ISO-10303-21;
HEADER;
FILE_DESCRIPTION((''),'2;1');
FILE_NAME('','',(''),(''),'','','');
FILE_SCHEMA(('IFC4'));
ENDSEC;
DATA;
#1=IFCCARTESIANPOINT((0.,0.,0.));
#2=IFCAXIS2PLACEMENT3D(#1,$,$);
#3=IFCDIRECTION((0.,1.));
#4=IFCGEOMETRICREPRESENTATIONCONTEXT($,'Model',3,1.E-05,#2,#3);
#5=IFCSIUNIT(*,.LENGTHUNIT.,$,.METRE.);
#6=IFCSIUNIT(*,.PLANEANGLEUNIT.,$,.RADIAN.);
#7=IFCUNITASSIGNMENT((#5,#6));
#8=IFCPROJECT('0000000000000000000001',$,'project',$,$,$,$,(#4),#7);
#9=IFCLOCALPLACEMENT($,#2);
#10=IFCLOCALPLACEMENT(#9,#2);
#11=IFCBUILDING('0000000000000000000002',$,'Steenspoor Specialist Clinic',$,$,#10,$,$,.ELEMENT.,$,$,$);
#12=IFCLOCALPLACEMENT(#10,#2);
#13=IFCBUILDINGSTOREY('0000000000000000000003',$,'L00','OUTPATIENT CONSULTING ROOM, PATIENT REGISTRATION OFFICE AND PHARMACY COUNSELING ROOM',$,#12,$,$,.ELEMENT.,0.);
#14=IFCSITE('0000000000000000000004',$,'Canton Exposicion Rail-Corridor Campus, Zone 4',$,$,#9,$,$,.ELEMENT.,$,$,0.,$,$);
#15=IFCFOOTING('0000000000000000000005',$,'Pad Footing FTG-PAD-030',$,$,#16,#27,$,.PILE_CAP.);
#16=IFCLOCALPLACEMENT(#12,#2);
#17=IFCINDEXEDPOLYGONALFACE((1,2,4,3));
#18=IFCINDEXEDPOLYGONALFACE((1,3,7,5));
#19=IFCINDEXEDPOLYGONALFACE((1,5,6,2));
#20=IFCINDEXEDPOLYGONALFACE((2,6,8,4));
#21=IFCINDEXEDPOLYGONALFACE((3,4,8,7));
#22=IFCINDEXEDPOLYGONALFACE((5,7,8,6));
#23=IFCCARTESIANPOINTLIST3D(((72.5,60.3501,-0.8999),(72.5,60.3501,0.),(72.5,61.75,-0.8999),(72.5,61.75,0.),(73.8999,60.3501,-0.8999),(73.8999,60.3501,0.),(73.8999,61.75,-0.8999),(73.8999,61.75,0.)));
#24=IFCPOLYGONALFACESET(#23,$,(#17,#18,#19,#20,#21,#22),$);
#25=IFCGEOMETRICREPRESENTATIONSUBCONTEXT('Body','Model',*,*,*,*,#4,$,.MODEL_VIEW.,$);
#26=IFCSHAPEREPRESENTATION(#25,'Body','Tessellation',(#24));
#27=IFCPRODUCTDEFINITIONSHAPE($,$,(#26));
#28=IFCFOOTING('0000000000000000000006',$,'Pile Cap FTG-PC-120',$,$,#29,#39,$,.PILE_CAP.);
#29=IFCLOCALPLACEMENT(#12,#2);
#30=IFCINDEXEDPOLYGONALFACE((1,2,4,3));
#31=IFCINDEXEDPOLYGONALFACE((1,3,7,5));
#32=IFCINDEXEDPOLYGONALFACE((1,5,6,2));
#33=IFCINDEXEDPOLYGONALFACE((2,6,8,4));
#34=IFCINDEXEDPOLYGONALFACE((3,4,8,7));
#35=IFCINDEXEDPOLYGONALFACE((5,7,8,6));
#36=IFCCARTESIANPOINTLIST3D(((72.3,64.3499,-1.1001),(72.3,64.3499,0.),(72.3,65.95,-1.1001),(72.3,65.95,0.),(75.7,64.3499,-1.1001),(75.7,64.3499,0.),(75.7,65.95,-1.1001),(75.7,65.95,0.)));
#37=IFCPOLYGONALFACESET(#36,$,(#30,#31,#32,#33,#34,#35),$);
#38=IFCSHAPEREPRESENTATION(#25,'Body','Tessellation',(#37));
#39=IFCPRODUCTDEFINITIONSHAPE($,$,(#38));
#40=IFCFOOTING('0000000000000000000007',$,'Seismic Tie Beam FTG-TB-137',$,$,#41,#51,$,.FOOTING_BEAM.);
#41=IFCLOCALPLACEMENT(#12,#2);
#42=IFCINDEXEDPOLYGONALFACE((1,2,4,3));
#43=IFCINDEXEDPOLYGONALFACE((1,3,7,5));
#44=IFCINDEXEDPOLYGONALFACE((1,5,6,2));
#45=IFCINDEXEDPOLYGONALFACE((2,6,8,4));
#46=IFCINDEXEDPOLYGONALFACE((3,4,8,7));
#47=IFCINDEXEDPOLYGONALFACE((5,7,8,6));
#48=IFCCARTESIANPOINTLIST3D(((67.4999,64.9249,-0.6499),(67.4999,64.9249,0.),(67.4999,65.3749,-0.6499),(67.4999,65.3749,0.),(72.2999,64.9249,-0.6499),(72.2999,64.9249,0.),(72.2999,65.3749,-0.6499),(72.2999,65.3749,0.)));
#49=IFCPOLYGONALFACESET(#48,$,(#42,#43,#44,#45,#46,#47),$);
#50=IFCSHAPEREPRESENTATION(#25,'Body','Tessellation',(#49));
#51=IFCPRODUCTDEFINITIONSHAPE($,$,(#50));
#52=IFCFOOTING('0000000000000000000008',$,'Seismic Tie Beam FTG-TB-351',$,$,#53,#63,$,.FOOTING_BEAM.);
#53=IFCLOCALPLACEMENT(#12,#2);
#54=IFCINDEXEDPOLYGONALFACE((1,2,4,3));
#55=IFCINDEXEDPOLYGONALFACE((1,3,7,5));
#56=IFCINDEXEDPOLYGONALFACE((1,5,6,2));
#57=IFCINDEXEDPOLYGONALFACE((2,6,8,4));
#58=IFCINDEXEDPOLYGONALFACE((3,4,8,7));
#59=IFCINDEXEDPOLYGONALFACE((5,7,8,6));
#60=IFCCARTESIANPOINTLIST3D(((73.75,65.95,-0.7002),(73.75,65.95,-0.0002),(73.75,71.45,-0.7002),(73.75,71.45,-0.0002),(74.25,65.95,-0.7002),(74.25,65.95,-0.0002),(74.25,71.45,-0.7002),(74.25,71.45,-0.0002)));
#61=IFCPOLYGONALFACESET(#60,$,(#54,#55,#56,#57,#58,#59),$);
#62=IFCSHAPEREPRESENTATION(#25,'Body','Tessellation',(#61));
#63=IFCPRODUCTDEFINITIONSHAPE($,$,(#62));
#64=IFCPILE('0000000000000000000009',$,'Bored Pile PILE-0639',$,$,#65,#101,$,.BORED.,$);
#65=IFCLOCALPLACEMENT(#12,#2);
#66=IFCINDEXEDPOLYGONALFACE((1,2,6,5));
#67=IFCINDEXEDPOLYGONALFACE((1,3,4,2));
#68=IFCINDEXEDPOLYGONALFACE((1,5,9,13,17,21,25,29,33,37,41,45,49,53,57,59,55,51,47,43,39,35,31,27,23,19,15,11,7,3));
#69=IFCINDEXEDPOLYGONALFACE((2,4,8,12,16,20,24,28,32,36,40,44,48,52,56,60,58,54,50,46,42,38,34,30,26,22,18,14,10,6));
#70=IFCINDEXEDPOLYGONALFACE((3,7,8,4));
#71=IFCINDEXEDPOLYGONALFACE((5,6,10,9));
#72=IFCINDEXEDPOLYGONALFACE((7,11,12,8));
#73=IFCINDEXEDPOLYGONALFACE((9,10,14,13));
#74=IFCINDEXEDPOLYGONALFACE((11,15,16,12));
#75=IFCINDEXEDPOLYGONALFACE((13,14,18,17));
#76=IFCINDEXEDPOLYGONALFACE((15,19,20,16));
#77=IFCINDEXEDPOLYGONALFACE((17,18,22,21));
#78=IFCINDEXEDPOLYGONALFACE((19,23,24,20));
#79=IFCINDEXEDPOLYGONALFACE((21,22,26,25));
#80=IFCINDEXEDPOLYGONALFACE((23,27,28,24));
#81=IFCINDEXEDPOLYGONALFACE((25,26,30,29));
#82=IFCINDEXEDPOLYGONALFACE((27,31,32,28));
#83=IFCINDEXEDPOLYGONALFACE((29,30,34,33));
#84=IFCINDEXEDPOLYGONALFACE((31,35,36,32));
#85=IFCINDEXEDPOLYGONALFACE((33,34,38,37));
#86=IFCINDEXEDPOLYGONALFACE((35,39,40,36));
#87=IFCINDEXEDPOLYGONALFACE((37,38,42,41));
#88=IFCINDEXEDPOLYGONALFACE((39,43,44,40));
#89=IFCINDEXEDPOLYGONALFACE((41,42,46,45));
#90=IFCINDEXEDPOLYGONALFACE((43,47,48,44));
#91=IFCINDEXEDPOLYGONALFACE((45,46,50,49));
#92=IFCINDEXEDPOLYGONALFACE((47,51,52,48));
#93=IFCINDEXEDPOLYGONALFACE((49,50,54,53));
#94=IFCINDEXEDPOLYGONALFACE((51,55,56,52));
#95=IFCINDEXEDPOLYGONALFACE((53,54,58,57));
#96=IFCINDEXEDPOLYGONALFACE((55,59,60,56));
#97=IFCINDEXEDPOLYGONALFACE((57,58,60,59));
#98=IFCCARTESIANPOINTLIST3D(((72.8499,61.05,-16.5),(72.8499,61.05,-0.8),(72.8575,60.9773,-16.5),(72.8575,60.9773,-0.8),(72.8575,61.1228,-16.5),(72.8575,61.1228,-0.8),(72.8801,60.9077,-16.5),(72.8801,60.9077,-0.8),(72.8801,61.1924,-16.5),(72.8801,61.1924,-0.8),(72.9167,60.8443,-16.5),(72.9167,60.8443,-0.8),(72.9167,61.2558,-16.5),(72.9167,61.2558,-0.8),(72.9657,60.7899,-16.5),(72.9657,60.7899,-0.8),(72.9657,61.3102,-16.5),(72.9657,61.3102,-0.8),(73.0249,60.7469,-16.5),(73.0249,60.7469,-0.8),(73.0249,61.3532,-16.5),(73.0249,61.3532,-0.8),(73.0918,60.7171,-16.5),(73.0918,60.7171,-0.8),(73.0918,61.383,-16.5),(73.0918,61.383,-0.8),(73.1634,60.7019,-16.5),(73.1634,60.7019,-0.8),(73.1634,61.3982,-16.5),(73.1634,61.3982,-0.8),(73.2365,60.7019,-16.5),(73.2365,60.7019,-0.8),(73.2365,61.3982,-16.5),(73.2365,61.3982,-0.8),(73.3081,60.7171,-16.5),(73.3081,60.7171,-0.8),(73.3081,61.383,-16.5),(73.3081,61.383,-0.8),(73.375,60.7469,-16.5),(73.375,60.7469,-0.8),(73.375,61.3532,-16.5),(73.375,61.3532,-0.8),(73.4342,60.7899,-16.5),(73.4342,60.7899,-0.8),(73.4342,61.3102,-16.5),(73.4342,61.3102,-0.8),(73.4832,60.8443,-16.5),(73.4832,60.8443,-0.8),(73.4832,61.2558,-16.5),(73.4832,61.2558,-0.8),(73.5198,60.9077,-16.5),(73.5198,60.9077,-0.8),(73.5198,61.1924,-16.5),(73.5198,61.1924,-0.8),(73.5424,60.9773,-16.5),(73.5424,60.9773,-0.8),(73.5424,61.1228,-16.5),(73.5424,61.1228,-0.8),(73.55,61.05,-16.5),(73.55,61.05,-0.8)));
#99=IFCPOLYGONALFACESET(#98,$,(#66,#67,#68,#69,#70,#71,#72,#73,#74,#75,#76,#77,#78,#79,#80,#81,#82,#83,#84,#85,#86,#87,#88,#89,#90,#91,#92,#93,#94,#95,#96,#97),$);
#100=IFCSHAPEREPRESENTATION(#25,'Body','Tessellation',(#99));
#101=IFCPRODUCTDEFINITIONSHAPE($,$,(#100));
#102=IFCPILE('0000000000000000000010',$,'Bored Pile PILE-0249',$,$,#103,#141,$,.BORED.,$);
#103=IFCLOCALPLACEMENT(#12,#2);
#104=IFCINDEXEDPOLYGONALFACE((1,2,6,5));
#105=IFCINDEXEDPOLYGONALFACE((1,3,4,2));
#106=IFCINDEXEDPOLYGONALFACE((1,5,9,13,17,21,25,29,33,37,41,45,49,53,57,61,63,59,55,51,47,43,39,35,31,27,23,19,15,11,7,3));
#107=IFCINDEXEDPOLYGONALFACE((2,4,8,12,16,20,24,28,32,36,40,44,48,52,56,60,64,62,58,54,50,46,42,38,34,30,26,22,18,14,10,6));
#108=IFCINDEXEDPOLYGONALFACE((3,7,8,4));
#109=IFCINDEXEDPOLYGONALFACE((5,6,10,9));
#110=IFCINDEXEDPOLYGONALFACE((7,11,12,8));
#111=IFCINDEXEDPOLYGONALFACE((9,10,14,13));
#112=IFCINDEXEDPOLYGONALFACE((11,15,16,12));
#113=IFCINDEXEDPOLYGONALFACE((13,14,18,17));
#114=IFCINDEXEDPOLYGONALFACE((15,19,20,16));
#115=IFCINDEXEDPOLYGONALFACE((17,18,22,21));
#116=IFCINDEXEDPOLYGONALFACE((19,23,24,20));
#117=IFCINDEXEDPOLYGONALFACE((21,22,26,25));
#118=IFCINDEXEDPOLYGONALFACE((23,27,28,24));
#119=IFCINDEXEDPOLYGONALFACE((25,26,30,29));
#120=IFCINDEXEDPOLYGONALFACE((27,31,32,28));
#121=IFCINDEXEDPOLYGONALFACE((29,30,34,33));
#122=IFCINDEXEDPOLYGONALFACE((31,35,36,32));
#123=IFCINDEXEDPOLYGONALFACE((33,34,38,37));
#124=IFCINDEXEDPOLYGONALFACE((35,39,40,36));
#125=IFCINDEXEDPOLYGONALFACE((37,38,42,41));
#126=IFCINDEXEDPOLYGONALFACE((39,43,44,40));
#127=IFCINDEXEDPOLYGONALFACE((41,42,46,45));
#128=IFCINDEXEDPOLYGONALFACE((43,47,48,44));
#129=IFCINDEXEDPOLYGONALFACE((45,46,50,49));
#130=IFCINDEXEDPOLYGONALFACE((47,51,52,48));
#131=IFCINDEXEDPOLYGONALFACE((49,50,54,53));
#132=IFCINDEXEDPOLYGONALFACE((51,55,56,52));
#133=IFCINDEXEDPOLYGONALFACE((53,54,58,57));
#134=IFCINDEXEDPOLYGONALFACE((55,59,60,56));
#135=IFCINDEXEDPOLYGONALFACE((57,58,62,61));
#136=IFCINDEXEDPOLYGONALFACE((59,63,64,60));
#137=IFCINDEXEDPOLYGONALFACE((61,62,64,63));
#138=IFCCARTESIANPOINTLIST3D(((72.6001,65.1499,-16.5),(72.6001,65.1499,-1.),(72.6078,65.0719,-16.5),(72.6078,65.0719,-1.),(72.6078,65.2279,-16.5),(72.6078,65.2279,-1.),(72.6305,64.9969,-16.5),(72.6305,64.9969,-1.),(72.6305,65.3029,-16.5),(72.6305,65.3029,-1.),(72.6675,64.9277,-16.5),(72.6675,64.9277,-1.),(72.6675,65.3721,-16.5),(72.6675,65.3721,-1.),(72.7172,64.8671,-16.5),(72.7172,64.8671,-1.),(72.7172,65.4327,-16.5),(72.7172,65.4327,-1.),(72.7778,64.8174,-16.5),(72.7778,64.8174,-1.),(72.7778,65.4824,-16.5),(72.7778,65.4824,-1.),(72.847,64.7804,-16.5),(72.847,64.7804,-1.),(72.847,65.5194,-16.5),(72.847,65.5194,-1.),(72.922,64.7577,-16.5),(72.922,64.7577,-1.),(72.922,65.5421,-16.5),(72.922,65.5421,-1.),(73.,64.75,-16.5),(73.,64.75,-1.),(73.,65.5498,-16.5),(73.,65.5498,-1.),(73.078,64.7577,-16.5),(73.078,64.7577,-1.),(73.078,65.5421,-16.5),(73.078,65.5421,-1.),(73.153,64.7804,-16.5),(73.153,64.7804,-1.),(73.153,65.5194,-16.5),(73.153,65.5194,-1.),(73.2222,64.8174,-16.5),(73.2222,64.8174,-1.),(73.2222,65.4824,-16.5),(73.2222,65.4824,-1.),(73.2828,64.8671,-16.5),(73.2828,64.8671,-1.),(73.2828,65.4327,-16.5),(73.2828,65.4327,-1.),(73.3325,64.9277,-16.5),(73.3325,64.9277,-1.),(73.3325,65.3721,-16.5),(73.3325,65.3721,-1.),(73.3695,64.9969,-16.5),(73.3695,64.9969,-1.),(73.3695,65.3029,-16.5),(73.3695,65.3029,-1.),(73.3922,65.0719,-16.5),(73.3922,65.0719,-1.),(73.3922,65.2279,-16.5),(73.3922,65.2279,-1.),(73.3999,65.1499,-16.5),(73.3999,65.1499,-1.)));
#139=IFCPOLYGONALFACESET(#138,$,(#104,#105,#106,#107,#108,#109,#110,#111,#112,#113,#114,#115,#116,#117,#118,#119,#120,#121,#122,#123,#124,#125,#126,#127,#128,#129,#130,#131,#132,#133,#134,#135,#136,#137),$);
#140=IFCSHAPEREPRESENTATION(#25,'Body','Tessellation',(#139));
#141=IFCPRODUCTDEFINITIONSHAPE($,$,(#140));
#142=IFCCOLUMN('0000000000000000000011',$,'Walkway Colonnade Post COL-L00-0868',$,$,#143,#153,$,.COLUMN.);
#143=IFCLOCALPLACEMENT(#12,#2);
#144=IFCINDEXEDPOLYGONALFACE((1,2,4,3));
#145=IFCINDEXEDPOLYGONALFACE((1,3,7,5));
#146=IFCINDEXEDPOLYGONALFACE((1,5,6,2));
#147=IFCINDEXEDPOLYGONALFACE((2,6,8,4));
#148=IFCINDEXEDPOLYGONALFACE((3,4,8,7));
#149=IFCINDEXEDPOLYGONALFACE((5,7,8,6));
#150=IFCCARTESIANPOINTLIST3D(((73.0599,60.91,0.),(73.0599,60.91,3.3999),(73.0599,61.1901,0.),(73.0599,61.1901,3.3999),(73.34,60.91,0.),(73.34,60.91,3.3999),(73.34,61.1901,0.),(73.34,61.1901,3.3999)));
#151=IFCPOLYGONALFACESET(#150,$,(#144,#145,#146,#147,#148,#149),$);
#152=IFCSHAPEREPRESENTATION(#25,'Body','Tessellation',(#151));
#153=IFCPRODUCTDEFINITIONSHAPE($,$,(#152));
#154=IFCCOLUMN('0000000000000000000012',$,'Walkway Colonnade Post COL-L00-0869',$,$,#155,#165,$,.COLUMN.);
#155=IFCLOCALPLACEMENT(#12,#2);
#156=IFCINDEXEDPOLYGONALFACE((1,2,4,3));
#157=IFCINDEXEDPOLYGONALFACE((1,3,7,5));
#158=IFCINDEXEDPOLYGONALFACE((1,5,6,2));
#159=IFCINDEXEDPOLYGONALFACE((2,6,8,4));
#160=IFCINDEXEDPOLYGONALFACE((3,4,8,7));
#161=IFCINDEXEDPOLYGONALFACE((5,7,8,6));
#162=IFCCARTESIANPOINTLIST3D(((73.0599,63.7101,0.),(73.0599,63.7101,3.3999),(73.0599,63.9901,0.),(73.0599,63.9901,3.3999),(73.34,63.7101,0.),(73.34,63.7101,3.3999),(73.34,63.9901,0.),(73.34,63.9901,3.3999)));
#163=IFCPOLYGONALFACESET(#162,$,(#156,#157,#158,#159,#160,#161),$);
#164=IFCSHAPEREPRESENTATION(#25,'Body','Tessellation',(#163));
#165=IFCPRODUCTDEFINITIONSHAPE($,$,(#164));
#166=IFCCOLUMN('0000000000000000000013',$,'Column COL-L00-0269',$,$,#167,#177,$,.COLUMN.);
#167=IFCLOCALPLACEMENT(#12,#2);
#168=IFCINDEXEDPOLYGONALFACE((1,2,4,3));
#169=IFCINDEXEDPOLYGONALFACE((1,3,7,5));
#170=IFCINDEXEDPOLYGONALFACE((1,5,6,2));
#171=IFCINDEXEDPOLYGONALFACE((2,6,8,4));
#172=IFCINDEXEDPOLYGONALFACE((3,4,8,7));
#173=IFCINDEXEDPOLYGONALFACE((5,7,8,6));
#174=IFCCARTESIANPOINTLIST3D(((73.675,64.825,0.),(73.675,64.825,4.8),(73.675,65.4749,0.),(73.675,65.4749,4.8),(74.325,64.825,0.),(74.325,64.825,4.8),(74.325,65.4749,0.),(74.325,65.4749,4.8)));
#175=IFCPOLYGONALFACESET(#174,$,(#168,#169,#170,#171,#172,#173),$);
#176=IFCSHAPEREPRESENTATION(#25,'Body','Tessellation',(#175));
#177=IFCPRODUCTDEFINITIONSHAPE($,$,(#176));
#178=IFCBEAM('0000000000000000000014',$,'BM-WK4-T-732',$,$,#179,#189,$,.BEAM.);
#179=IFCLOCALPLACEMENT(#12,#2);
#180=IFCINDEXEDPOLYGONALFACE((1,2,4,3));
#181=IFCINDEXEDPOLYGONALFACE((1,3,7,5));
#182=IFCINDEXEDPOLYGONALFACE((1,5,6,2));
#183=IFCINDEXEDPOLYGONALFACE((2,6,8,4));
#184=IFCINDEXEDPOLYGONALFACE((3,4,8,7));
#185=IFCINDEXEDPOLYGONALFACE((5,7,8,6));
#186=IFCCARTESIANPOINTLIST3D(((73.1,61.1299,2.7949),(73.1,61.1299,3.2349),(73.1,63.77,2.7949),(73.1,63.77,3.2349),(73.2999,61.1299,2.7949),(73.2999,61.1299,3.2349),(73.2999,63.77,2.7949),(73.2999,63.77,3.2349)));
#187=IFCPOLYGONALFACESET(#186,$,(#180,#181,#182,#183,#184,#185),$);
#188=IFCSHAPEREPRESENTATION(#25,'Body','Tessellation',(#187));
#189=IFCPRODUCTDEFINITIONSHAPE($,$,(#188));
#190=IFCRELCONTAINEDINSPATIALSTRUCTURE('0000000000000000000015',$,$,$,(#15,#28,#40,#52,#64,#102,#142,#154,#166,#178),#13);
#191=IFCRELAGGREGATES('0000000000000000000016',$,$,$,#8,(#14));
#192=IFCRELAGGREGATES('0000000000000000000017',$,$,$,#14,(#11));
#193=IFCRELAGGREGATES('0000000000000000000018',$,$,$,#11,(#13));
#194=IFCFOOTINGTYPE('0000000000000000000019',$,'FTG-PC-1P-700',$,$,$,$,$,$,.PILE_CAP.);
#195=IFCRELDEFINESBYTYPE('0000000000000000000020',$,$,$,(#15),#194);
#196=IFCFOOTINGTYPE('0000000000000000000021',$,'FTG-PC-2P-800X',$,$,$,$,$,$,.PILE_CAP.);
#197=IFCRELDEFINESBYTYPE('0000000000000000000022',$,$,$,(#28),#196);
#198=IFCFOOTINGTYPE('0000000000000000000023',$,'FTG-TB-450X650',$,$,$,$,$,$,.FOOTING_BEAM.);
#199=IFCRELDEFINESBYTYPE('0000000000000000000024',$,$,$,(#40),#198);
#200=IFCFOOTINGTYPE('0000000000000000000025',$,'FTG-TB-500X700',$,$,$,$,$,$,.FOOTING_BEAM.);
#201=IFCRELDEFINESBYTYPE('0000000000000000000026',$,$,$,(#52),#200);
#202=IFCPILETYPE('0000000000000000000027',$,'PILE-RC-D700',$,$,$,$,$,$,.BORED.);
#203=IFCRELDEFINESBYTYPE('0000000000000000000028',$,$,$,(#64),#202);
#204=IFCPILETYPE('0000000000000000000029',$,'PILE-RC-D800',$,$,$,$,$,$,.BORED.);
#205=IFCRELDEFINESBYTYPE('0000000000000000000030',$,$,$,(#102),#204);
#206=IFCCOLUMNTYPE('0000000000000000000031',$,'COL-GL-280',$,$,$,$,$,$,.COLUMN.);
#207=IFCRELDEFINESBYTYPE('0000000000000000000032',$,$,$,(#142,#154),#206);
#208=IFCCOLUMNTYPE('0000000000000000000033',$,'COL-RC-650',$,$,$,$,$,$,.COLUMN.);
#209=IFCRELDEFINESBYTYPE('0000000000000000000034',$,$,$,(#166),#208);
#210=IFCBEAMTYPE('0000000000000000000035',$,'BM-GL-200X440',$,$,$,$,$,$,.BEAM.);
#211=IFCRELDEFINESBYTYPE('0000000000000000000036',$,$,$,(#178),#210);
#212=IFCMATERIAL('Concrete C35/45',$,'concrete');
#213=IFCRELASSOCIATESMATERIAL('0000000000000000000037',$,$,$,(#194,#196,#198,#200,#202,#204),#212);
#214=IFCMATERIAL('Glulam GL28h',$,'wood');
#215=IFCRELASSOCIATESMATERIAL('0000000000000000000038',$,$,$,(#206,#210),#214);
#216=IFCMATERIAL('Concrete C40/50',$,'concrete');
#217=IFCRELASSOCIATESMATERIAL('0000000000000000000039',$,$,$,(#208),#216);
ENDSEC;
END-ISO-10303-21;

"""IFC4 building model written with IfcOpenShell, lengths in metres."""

from ifc_helpers import new_model, si_unit, direction, frame, origin, origin_2d, place, context, subcontext, project, spatial, rectangle, circle, extrude, material, material_profile, profile_set, type_object, element, save


model = new_model("IFC4")

# Units and contexts
model_context = context("Model", 3, precision=1e-05, world=origin(), true_north=direction((0.0, 1.0)))
body_context = subcontext(model_context, "Body", "Model", "MODEL_VIEW")
ifc_project = project(units=[si_unit("LENGTHUNIT", "METRE"), si_unit("PLANEANGLEUNIT", "RADIAN")], contexts=[model_context])

# Site, building, storey
site_placement = place(None, origin())
site = spatial("IfcSite", under=ifc_project, at=site_placement, Name="Canton Exposicion Rail-Corridor Campus, Zone 4", CompositionType="ELEMENT", RefElevation=0.0)
building_placement = place(site_placement, origin())
building = spatial("IfcBuilding", under=site, at=building_placement, Name="Steenspoor Specialist Clinic", CompositionType="ELEMENT")
storey_placement = place(building_placement, origin())
storey = spatial("IfcBuildingStorey", under=building, at=storey_placement, Name="L00", Description="OUTPATIENT CONSULTING ROOM, PATIENT REGISTRATION OFFICE AND PHARMACY COUNSELING ROOM", CompositionType="ELEMENT", Elevation=0.0)

# Footings
ifc_material_1 = material(Name="Concrete C35/45", Category="concrete")
footing_type_1 = type_object("IfcFootingType", Name="FTG-PC-1P-700", PredefinedType="PILE_CAP", material=ifc_material_1)
footing_1_placement = place(storey_placement, frame((73.2, 61.05, -0.8999), z_axis=(0.0, 0.0, 1.0), x_axis=(1.0, 0.0, 0.0)))
element("IfcFooting", 1, at=footing_1_placement, inside=storey, type_object=footing_type_1, Name="Pad Footing FTG-PAD-030", PredefinedType="PILE_CAP", context=body_context, shape_type="SweptSolid", body=[
    extrude(rectangle(XDim=1.3999, YDim=1.3999, at=origin_2d()), origin(), (0.0, 0.0, 1.0), 0.8999),
])
footing_type_2 = type_object("IfcFootingType", Name="FTG-PC-2P-800X", PredefinedType="PILE_CAP", material=ifc_material_1)
footing_2_placement = place(storey_placement, frame((74.0, 65.1499, -1.1001), z_axis=(0.0, 0.0, 1.0), x_axis=(1.0, 0.0, 0.0)))
element("IfcFooting", 2, at=footing_2_placement, inside=storey, type_object=footing_type_2, Name="Pile Cap FTG-PC-120", PredefinedType="PILE_CAP", context=body_context, shape_type="SweptSolid", body=[
    extrude(rectangle(XDim=3.3999, YDim=1.6001, at=origin_2d()), origin(), (0.0, 0.0, 1.0), 1.1001),
])
footing_type_3 = type_object("IfcFootingType", Name="FTG-TB-450X650", PredefinedType="FOOTING_BEAM", material=ifc_material_1)
footing_3_placement = place(storey_placement, frame((69.8999, 65.1499, -0.6499), z_axis=(0.0, 0.0, 1.0), x_axis=(1.0, 0.0, 0.0)))
element("IfcFooting", 3, at=footing_3_placement, inside=storey, type_object=footing_type_3, Name="Seismic Tie Beam FTG-TB-137", PredefinedType="FOOTING_BEAM", context=body_context, shape_type="SweptSolid", body=[
    extrude(rectangle(XDim=4.8, YDim=0.45, at=origin_2d()), origin(), (0.0, 0.0, 1.0), 0.6499),
])
footing_type_4 = type_object("IfcFootingType", Name="FTG-TB-500X700", PredefinedType="FOOTING_BEAM", material=ifc_material_1)
footing_4_placement = place(storey_placement, frame((74.0, 68.7, -0.7002), z_axis=(0.0, 0.0, 1.0), x_axis=(1.0, 0.0, 0.0)))
element("IfcFooting", 4, at=footing_4_placement, inside=storey, type_object=footing_type_4, Name="Seismic Tie Beam FTG-TB-351", PredefinedType="FOOTING_BEAM", context=body_context, shape_type="SweptSolid", body=[
    extrude(rectangle(XDim=0.5, YDim=5.5, at=origin_2d()), origin(), (0.0, 0.0, 1.0), 0.7),
])

# Piles
ifc_material_profile_1 = material_profile(ifc_material_1, circle(Radius=0.3501, at=origin_2d()), Name="PILE-D700")
ifc_profile_set_1 = profile_set([ifc_material_profile_1], Name="Concrete C35/45")
pile_type_1 = type_object("IfcPileType", Name="PILE-RC-D700", PredefinedType="BORED", material=ifc_profile_set_1)
pile_1_placement = place(storey_placement, frame((73.2, 61.05, -0.8), z_axis=(0.0, 0.0, -1.0), x_axis=(1.0, 0.0, 0.0)))
element("IfcPile", 5, at=pile_1_placement, inside=storey, type_object=pile_type_1, Name="Bored Pile PILE-0639", PredefinedType="BORED", context=body_context, shape_type="SweptSolid", body=[
    extrude(circle(Radius=0.3501, at=origin_2d()), origin(), (0.0, 0.0, 1.0), 15.7),
])
ifc_material_profile_2 = material_profile(ifc_material_1, circle(Radius=0.3999, at=origin_2d()), Name="PILE-D800")
ifc_profile_set_2 = profile_set([ifc_material_profile_2], Name="Concrete C35/45")
pile_type_2 = type_object("IfcPileType", Name="PILE-RC-D800", PredefinedType="BORED", material=ifc_profile_set_2)
pile_2_placement = place(storey_placement, frame((73.0, 65.1499, -1.0), z_axis=(0.0, 0.0, -1.0), x_axis=(1.0, 0.0, 0.0)))
element("IfcPile", 6, at=pile_2_placement, inside=storey, type_object=pile_type_2, Name="Bored Pile PILE-0249", PredefinedType="BORED", context=body_context, shape_type="SweptSolid", body=[
    extrude(circle(Radius=0.3999, at=origin_2d()), origin(), (0.0, 0.0, 1.0), 15.5),
])

# Columns
ifc_material_2 = material(Name="Glulam GL28h", Category="wood")
ifc_material_profile_3 = material_profile(ifc_material_2, rectangle(XDim=0.28, YDim=0.28, at=origin_2d()), Name="GL28H-280X280")
ifc_profile_set_3 = profile_set([ifc_material_profile_3], Name="Glulam GL28h")
column_type_1 = type_object("IfcColumnType", Name="COL-GL-280", PredefinedType="COLUMN", material=ifc_profile_set_3)
for number, where, z_axis, x_axis, name in (
    (7, (73.2, 61.05, 0.0), (0.0, 0.0, 1.0), (1.0, 0.0, 0.0), "Walkway Colonnade Post COL-L00-0868"),
    (8, (73.2, 63.8501, 0.0), (0.0, 0.0, 1.0), (1.0, 0.0, 0.0), "Walkway Colonnade Post COL-L00-0869"),
):
    element("IfcColumn", number, at=place(storey_placement, frame(where, z_axis=z_axis, x_axis=x_axis)), inside=storey, type_object=column_type_1, Name=name, PredefinedType="COLUMN", context=body_context, shape_type="SweptSolid", body=[
        extrude(rectangle(XDim=0.28, YDim=0.28, at=origin_2d()), origin(), (0.0, 0.0, 1.0), 3.3999),
    ])
ifc_material_3 = material(Name="Concrete C40/50", Category="concrete")
ifc_material_profile_4 = material_profile(ifc_material_3, rectangle(XDim=0.6499, YDim=0.6499, at=origin_2d()), Name="RC-COL-650X650")
ifc_profile_set_4 = profile_set([ifc_material_profile_4], Name="Concrete C40/50")
column_type_2 = type_object("IfcColumnType", Name="COL-RC-650", PredefinedType="COLUMN", material=ifc_profile_set_4)
column_placement = place(storey_placement, frame((74.0, 65.1499, 0.0), z_axis=(0.0, 0.0, 1.0), x_axis=(1.0, 0.0, 0.0)))
element("IfcColumn", 9, at=column_placement, inside=storey, type_object=column_type_2, Name="Column COL-L00-0269", PredefinedType="COLUMN", context=body_context, shape_type="SweptSolid", body=[
    extrude(rectangle(XDim=0.6499, YDim=0.6499, at=origin_2d()), origin(), (0.0, 0.0, 1.0), 4.8),
])

# Beam
ifc_material_profile_5 = material_profile(ifc_material_2, rectangle(XDim=0.2, YDim=0.4399, at=origin_2d()), Name="GL28H-200X440")
ifc_profile_set_5 = profile_set([ifc_material_profile_5], Name="Glulam GL28h")
beam_type_1 = type_object("IfcBeamType", Name="BM-GL-200X440", PredefinedType="BEAM", material=ifc_profile_set_5)
beam_1_placement = place(storey_placement, frame((73.2, 61.1299, 3.0149), z_axis=(0.0, 1.0, 0.0), x_axis=(-1.0, 0.0, 0.0)))
element("IfcBeam", 10, at=beam_1_placement, inside=storey, type_object=beam_type_1, Name="BM-WK4-T-732", PredefinedType="BEAM", context=body_context, shape_type="SweptSolid", body=[
    extrude(rectangle(XDim=0.2, YDim=0.4399, at=origin_2d()), origin(), (0.0, 0.0, 1.0), 2.6401),
])

save(model, "model.ifc")
